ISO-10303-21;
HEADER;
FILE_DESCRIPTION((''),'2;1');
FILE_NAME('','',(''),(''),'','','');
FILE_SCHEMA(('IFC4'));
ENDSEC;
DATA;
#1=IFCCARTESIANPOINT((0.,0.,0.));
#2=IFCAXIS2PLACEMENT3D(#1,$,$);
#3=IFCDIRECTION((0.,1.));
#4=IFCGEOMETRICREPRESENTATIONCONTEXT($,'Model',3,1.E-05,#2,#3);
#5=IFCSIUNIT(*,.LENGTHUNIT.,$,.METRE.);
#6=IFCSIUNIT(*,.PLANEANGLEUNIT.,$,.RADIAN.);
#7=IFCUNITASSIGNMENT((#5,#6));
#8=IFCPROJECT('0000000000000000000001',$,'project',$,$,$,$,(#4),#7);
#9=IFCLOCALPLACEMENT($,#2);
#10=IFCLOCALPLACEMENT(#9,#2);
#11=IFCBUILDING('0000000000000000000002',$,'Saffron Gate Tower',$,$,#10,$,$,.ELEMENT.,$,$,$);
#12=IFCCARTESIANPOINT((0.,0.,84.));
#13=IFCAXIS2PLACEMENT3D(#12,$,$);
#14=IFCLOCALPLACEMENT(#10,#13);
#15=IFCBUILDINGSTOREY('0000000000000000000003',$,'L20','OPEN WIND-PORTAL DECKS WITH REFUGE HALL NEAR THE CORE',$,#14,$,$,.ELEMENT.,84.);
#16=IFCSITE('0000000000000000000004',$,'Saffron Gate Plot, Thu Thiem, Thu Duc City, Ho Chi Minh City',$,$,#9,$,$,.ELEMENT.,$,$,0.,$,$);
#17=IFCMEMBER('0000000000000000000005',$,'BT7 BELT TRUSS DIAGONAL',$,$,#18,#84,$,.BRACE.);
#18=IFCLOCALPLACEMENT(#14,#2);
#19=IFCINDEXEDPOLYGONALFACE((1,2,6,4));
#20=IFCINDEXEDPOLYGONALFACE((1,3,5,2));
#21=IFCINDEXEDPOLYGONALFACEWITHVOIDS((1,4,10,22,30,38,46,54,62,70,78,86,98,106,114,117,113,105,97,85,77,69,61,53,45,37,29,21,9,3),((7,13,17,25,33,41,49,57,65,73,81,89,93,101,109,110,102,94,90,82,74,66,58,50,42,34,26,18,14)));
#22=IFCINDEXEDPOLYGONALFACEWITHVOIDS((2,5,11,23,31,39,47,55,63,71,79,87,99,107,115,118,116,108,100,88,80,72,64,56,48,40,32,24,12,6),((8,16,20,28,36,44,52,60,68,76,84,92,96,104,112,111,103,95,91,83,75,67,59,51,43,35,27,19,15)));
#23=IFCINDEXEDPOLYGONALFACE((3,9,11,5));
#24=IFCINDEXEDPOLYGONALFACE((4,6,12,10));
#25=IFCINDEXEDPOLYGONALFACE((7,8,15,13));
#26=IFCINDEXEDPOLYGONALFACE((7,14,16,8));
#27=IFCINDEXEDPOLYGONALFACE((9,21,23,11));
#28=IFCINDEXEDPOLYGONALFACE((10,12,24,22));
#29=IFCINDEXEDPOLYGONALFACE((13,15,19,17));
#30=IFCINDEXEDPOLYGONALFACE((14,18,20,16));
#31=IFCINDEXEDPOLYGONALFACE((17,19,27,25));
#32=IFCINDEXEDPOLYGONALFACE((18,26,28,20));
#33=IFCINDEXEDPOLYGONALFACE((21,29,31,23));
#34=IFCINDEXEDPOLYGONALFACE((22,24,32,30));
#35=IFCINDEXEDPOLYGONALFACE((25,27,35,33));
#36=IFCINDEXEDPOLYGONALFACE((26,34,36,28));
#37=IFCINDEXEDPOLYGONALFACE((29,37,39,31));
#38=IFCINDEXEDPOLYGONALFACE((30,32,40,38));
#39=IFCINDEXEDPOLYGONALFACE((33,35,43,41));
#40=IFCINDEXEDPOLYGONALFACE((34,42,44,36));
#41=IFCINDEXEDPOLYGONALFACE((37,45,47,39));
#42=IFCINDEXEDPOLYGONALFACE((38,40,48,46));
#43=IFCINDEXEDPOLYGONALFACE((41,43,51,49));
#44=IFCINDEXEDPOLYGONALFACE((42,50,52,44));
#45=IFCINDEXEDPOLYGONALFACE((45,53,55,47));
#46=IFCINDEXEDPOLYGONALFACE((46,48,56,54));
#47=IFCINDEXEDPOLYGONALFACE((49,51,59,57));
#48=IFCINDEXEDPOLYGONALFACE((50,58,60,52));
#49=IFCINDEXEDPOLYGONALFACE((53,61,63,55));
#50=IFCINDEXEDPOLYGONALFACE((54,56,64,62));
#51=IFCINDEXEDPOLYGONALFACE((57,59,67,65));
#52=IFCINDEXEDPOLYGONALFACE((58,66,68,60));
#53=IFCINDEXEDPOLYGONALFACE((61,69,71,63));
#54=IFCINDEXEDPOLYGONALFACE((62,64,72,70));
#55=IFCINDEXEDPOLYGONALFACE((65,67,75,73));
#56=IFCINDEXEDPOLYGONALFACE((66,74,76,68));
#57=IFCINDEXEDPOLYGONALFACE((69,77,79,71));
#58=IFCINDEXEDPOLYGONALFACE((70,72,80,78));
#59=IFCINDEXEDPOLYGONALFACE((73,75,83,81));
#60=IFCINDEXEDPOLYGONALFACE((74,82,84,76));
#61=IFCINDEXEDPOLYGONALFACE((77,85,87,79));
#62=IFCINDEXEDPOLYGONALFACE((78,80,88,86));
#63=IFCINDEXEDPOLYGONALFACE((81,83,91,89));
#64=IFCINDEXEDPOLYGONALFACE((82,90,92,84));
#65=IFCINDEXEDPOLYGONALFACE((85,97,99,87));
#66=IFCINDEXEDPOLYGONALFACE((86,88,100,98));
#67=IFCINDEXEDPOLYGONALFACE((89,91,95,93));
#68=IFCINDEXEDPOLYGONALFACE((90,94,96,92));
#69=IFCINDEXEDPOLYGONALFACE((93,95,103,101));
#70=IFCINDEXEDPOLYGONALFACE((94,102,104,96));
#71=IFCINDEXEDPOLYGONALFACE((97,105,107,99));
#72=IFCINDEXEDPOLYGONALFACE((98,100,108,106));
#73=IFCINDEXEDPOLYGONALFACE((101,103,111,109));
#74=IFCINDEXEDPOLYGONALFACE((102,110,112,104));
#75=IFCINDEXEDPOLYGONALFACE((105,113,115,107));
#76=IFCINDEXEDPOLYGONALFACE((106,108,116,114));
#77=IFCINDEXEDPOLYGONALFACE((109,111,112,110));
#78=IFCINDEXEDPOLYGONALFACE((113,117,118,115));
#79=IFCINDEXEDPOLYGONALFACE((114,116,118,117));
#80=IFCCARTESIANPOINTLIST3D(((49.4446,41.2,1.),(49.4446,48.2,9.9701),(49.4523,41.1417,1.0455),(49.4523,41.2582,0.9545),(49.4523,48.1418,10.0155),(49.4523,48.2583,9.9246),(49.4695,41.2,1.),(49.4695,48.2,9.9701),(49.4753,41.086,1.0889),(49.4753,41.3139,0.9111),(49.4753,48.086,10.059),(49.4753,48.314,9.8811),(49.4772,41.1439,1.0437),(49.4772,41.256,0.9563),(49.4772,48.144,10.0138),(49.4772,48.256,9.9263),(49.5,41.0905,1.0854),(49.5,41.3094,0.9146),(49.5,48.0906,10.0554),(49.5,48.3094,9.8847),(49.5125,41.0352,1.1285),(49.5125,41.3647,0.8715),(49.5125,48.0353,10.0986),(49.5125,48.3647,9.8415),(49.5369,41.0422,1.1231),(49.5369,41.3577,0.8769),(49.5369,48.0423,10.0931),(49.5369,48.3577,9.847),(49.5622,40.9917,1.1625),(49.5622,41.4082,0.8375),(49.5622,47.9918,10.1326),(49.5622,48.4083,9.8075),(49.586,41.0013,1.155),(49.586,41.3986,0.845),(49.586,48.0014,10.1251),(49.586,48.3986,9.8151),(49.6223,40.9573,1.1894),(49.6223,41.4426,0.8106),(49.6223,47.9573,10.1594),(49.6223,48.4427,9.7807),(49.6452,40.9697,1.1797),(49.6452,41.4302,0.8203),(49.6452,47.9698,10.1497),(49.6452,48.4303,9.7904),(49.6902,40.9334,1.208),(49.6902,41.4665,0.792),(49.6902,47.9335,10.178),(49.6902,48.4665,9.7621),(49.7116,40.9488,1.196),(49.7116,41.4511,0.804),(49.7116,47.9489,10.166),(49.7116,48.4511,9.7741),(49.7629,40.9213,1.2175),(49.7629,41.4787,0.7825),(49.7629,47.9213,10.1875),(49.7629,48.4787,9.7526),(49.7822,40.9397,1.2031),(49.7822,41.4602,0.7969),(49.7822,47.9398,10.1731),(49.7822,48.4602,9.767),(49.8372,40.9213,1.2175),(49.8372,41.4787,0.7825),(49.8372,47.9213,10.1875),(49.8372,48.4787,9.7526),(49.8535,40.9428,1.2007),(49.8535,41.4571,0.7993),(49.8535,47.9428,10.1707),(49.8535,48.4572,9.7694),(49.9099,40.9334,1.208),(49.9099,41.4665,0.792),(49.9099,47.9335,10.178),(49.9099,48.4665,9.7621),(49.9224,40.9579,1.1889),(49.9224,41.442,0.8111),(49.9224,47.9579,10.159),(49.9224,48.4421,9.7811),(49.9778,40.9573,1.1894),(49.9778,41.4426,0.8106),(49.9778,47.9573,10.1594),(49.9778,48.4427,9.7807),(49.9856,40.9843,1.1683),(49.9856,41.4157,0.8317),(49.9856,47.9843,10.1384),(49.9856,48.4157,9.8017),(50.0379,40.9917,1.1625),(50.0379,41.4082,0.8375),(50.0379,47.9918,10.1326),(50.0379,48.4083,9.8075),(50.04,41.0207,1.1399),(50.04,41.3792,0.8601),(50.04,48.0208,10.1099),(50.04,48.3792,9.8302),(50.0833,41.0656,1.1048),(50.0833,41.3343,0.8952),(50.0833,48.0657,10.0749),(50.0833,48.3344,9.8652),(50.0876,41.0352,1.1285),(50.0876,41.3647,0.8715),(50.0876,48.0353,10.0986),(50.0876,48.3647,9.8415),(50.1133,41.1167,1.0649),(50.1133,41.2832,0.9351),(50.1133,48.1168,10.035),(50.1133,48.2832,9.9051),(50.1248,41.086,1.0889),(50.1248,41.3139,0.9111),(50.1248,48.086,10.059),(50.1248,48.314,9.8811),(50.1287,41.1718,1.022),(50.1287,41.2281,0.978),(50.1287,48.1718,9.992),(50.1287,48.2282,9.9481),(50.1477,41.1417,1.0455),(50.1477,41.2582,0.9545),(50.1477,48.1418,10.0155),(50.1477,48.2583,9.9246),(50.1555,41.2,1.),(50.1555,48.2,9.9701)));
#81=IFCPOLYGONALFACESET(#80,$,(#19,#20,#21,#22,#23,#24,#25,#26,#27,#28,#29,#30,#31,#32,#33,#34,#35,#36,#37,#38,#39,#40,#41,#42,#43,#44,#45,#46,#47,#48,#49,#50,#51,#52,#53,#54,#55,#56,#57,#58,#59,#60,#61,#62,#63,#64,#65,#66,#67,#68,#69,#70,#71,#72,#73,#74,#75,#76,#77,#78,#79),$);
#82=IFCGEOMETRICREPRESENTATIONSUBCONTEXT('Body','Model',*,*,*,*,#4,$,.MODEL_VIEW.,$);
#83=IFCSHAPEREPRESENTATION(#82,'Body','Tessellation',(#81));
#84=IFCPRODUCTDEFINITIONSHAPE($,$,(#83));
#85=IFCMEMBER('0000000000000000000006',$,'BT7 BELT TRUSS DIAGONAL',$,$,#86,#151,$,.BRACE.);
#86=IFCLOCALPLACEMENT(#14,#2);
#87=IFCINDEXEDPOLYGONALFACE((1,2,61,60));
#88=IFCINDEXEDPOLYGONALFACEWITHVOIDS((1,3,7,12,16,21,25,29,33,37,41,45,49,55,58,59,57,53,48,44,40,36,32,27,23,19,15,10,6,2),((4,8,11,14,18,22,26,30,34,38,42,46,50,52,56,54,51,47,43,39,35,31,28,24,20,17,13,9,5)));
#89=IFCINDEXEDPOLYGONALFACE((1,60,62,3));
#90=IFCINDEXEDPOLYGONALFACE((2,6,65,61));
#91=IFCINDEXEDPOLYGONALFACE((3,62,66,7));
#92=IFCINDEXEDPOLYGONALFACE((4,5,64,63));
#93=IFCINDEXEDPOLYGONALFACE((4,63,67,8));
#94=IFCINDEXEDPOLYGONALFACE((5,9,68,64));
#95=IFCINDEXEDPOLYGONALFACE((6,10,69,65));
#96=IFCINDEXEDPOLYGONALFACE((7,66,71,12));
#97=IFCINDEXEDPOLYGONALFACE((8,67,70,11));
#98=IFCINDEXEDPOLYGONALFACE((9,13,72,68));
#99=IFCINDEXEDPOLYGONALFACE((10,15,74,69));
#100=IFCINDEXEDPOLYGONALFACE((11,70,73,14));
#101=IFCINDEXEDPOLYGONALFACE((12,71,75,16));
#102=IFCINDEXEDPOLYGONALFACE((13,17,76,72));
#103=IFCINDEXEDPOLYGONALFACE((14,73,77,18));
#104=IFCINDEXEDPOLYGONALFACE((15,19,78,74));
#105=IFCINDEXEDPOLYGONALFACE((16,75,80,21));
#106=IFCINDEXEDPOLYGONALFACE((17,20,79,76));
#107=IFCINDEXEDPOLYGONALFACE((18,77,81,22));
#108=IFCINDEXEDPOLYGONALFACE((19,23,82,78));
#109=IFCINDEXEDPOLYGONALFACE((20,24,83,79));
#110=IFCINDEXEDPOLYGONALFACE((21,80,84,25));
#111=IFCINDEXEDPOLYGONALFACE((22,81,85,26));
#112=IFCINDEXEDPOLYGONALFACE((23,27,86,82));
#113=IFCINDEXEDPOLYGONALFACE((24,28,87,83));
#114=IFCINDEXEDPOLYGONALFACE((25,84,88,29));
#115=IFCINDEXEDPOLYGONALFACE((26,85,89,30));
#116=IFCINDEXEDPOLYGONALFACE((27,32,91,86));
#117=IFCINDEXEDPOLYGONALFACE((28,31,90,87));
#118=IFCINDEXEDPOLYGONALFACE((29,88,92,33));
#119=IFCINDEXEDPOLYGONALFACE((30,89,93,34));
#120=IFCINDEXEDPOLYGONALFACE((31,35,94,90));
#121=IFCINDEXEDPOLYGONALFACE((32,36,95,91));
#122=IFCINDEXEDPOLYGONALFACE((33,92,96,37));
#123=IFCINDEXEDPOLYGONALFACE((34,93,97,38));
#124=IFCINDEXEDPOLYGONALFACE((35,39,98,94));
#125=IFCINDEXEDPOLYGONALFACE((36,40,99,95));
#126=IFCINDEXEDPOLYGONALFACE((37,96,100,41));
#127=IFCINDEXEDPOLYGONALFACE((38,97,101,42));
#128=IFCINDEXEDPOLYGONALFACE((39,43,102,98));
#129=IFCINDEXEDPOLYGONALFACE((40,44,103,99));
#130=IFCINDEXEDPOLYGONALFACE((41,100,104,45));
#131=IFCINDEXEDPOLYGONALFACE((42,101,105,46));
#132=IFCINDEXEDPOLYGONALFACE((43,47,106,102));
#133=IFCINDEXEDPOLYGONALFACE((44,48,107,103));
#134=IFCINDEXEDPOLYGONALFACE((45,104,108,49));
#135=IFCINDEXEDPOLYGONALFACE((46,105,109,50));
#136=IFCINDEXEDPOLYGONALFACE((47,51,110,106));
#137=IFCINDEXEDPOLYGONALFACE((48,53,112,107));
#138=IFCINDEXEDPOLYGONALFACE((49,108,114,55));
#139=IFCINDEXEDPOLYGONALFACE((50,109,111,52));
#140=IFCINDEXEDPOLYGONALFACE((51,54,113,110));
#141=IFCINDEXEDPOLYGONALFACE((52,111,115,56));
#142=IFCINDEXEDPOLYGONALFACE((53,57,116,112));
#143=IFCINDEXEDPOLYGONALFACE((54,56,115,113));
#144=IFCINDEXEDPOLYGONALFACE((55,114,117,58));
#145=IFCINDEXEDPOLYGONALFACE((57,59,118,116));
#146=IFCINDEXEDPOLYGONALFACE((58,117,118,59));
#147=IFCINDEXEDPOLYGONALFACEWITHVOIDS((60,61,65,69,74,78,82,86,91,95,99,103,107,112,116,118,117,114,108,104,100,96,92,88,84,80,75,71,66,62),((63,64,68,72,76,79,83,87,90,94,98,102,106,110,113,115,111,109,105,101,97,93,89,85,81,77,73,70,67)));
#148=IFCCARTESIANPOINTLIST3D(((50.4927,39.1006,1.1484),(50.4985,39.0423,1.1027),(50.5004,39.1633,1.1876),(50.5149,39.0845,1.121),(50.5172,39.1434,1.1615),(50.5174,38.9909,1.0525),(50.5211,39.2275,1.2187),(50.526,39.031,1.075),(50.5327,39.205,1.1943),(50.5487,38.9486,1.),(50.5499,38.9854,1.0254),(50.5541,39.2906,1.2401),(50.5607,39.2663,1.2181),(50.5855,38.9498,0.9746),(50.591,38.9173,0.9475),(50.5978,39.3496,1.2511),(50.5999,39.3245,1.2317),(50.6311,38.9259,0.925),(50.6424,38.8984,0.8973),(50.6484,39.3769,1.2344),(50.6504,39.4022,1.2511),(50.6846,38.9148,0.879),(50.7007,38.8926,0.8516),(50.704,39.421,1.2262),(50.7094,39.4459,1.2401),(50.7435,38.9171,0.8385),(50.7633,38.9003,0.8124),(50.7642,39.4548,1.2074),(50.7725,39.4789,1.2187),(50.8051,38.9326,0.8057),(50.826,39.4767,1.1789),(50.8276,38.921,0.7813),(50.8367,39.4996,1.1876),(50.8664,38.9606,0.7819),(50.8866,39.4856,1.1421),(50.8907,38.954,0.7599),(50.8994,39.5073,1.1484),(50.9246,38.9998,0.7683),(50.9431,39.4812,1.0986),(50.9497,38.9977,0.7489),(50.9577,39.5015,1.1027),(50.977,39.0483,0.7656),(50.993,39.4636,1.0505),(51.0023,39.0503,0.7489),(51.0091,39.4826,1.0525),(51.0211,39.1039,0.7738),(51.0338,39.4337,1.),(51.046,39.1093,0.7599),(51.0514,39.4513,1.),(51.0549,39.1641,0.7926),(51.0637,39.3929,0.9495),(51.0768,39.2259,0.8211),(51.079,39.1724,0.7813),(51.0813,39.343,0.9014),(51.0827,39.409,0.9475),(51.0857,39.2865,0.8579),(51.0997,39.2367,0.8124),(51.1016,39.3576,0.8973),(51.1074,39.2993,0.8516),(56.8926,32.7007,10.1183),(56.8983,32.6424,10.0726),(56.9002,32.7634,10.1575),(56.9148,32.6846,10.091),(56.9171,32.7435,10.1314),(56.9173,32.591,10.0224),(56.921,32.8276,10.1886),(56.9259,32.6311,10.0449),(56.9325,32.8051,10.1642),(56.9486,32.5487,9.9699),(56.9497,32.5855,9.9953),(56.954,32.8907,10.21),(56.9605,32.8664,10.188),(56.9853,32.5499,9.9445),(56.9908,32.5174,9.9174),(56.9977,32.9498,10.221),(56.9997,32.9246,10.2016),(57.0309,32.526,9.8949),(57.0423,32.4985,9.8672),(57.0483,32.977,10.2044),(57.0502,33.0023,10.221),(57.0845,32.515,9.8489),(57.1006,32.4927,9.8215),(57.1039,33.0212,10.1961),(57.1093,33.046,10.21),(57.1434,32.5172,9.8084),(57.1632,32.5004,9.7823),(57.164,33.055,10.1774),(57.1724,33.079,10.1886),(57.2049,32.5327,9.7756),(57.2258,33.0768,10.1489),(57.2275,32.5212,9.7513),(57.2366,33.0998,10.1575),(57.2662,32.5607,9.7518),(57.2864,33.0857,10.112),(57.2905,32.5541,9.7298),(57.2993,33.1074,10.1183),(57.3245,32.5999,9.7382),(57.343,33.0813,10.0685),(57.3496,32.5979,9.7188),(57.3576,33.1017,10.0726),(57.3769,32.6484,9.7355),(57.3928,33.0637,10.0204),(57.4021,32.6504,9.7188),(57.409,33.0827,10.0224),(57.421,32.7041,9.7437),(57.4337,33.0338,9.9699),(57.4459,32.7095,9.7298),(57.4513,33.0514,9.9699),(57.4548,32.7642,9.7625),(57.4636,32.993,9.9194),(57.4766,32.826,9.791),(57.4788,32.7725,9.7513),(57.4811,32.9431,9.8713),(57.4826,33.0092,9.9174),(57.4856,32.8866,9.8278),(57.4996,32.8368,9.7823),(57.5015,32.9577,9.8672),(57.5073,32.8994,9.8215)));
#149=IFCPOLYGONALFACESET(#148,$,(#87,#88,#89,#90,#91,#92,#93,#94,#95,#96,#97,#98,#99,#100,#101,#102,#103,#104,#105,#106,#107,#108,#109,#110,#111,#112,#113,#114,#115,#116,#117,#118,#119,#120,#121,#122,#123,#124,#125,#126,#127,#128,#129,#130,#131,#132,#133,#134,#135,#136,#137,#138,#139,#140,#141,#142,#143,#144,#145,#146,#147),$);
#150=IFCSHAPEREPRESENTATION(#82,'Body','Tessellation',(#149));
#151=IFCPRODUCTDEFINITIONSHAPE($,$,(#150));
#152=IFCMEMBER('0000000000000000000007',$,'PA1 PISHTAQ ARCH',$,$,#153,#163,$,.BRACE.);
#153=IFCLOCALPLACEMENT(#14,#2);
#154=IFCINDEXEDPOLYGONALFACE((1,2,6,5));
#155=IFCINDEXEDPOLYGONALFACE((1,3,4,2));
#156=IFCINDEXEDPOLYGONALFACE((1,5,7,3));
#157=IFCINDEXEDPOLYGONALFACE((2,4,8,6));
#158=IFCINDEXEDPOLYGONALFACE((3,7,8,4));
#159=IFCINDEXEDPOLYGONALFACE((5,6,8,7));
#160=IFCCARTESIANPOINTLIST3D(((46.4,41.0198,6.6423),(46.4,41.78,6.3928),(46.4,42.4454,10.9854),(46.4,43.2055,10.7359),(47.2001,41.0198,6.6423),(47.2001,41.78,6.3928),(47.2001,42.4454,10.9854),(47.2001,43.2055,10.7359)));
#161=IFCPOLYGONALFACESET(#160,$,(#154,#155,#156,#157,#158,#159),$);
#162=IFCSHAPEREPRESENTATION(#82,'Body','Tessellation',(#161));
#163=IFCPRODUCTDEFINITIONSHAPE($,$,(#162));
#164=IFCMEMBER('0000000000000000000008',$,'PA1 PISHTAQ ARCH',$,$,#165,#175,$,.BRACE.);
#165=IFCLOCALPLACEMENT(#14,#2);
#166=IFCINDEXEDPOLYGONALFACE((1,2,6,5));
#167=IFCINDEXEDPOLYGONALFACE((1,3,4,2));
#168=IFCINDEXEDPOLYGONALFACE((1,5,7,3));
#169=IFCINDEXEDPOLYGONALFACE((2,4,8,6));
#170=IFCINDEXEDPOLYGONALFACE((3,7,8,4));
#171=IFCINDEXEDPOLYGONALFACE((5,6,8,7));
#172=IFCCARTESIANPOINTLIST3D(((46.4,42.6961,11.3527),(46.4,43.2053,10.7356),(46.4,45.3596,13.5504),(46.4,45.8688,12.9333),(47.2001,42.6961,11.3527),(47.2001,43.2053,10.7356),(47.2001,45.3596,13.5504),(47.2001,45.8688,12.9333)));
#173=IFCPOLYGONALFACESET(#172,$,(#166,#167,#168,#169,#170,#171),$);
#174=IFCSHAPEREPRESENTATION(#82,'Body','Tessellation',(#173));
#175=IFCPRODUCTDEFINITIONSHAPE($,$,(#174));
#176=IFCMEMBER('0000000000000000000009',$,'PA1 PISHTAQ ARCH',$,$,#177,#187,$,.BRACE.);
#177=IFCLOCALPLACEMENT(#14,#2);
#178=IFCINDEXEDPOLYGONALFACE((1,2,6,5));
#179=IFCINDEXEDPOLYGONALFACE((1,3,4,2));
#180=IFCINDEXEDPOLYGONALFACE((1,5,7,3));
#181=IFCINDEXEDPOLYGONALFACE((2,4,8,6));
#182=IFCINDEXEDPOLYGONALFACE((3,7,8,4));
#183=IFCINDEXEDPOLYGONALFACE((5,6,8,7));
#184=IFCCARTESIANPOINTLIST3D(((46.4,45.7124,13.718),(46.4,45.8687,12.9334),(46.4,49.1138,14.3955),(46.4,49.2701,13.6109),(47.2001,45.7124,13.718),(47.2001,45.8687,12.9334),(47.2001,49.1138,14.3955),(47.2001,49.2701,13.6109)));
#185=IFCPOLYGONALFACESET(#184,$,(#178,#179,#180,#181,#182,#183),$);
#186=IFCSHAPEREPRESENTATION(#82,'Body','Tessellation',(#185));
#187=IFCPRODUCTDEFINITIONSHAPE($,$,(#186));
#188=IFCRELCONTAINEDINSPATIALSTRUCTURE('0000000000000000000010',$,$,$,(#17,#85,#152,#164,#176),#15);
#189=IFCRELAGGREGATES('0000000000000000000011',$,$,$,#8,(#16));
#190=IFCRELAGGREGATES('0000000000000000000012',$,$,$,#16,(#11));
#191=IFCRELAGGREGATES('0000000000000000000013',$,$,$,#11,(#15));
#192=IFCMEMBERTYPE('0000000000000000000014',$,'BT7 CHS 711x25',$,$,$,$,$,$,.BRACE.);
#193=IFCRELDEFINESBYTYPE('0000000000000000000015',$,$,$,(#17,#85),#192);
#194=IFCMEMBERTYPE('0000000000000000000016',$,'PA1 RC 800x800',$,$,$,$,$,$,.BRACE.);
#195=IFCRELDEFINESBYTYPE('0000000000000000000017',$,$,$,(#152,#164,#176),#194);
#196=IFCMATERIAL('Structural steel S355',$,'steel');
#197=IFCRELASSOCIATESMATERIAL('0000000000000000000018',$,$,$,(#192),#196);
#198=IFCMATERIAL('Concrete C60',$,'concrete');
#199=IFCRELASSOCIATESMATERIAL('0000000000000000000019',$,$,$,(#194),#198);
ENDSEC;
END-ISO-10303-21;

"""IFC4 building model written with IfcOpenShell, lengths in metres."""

from ifc_helpers import new_model, si_unit, direction, frame, origin, origin_2d, place, context, subcontext, project, spatial, rectangle, hollow_circle, extrude, material, material_profile, profile_set, type_object, element, save


model = new_model("IFC4")

# Units and contexts
model_context = context("Model", 3, precision=1e-05, world=origin(), true_north=direction((0.0, 1.0)))
body_context = subcontext(model_context, "Body", "Model", "MODEL_VIEW")
ifc_project = project(units=[si_unit("LENGTHUNIT", "METRE"), si_unit("PLANEANGLEUNIT", "RADIAN")], contexts=[model_context])

# Site, building, storey
site_placement = place(None, origin())
site = spatial("IfcSite", under=ifc_project, at=site_placement, Name="Saffron Gate Plot, Thu Thiem, Thu Duc City, Ho Chi Minh City", CompositionType="ELEMENT", RefElevation=0.0)
building_placement = place(site_placement, origin())
building = spatial("IfcBuilding", under=site, at=building_placement, Name="Saffron Gate Tower", CompositionType="ELEMENT")
storey_placement = place(building_placement, frame((0.0, 0.0, 84.0)))
storey = spatial("IfcBuildingStorey", under=building, at=storey_placement, Name="L20", Description="OPEN WIND-PORTAL DECKS WITH REFUGE HALL NEAR THE CORE", CompositionType="ELEMENT", Elevation=84.0)

# Shared definitions
ifc_material_1 = material(Name="Concrete C60", Category="concrete")

# Shared definitions
ifc_material_2 = material(Name="Structural steel S355", Category="steel")

# Members
ifc_material_profile_1 = material_profile(ifc_material_2, hollow_circle(Radius=0.3555, WallThickness=0.0249, at=origin_2d()))
ifc_profile_set_1 = profile_set([ifc_material_profile_1], Name="Structural steel S355")
member_type_1 = type_object("IfcMemberType", Name="BT7 CHS 711x25", PredefinedType="BRACE", material=ifc_profile_set_1)
member_1_placement = place(storey_placement, frame((49.8, 41.2, 1.0), z_axis=(0.0, 0.615219, 0.788356), x_axis=(-1.0, 0.0, 0.0)))
element("IfcMember", 1, at=member_1_placement, inside=storey, type_object=member_type_1, Name="BT7 BELT TRUSS DIAGONAL", PredefinedType="BRACE", context=body_context, shape_type="SweptSolid", body=[
    extrude(hollow_circle(Radius=0.3555, WallThickness=0.0249, at=origin_2d()), origin(), (0.0, 0.0, 1.0), 11.3782),
])
member_2_placement = place(storey_placement, frame((50.8, 39.2, 1.0), z_axis=(0.502238, -0.502238, 0.703927), x_axis=(0.707107, 0.707107, 0.0)))
element("IfcMember", 2, at=member_2_placement, inside=storey, type_object=member_type_1, Name="BT7 BELT TRUSS DIAGONAL", PredefinedType="BRACE", context=body_context, shape_type="SweptSolid", body=[
    extrude(hollow_circle(Radius=0.3555, WallThickness=0.0249, at=origin_2d()), origin(), (0.0, 0.0, 1.0), 12.7427),
])
ifc_material_profile_2 = material_profile(ifc_material_1, rectangle(XDim=0.8, YDim=0.8, at=origin_2d()))
ifc_profile_set_2 = profile_set([ifc_material_profile_2], Name="Concrete C60")
member_type_2 = type_object("IfcMemberType", Name="PA1 RC 800x800", PredefinedType="BRACE", material=ifc_profile_set_2)
member_3_placement = place(storey_placement, frame((46.8, 41.3999, 6.5176), z_axis=(0.0, 0.311866, 0.950126), x_axis=(-1.0, 0.0, 0.0)))
element("IfcMember", 3, at=member_3_placement, inside=storey, type_object=member_type_2, Name="PA1 PISHTAQ ARCH", PredefinedType="BRACE", context=body_context, shape_type="SweptSolid", body=[
    extrude(rectangle(XDim=0.8, YDim=0.8, at=origin_2d()), origin(), (0.0, 0.0, 1.0), 4.571),
])
member_4_placement = place(storey_placement, frame((46.8, 42.9507, 11.0442), z_axis=(0.0, 0.77133, 0.636436), x_axis=(-1.0, 0.0, 0.0)))
element("IfcMember", 4, at=member_4_placement, inside=storey, type_object=member_type_2, Name="PA1 PISHTAQ ARCH", PredefinedType="BRACE", context=body_context, shape_type="SweptSolid", body=[
    extrude(rectangle(XDim=0.8, YDim=0.8, at=origin_2d()), origin(), (0.0, 0.0, 1.0), 3.4531),
])
member_5_placement = place(storey_placement, frame((46.8, 45.7905, 13.3257), z_axis=(0.0, 0.980735, 0.195344), x_axis=(-1.0, 0.0, 0.0)))
element("IfcMember", 5, at=member_5_placement, inside=storey, type_object=member_type_2, Name="PA1 PISHTAQ ARCH", PredefinedType="BRACE", context=body_context, shape_type="SweptSolid", body=[
    extrude(rectangle(XDim=0.8, YDim=0.8, at=origin_2d()), origin(), (0.0, 0.0, 1.0), 3.4683),
])

save(model, "model.ifc")
